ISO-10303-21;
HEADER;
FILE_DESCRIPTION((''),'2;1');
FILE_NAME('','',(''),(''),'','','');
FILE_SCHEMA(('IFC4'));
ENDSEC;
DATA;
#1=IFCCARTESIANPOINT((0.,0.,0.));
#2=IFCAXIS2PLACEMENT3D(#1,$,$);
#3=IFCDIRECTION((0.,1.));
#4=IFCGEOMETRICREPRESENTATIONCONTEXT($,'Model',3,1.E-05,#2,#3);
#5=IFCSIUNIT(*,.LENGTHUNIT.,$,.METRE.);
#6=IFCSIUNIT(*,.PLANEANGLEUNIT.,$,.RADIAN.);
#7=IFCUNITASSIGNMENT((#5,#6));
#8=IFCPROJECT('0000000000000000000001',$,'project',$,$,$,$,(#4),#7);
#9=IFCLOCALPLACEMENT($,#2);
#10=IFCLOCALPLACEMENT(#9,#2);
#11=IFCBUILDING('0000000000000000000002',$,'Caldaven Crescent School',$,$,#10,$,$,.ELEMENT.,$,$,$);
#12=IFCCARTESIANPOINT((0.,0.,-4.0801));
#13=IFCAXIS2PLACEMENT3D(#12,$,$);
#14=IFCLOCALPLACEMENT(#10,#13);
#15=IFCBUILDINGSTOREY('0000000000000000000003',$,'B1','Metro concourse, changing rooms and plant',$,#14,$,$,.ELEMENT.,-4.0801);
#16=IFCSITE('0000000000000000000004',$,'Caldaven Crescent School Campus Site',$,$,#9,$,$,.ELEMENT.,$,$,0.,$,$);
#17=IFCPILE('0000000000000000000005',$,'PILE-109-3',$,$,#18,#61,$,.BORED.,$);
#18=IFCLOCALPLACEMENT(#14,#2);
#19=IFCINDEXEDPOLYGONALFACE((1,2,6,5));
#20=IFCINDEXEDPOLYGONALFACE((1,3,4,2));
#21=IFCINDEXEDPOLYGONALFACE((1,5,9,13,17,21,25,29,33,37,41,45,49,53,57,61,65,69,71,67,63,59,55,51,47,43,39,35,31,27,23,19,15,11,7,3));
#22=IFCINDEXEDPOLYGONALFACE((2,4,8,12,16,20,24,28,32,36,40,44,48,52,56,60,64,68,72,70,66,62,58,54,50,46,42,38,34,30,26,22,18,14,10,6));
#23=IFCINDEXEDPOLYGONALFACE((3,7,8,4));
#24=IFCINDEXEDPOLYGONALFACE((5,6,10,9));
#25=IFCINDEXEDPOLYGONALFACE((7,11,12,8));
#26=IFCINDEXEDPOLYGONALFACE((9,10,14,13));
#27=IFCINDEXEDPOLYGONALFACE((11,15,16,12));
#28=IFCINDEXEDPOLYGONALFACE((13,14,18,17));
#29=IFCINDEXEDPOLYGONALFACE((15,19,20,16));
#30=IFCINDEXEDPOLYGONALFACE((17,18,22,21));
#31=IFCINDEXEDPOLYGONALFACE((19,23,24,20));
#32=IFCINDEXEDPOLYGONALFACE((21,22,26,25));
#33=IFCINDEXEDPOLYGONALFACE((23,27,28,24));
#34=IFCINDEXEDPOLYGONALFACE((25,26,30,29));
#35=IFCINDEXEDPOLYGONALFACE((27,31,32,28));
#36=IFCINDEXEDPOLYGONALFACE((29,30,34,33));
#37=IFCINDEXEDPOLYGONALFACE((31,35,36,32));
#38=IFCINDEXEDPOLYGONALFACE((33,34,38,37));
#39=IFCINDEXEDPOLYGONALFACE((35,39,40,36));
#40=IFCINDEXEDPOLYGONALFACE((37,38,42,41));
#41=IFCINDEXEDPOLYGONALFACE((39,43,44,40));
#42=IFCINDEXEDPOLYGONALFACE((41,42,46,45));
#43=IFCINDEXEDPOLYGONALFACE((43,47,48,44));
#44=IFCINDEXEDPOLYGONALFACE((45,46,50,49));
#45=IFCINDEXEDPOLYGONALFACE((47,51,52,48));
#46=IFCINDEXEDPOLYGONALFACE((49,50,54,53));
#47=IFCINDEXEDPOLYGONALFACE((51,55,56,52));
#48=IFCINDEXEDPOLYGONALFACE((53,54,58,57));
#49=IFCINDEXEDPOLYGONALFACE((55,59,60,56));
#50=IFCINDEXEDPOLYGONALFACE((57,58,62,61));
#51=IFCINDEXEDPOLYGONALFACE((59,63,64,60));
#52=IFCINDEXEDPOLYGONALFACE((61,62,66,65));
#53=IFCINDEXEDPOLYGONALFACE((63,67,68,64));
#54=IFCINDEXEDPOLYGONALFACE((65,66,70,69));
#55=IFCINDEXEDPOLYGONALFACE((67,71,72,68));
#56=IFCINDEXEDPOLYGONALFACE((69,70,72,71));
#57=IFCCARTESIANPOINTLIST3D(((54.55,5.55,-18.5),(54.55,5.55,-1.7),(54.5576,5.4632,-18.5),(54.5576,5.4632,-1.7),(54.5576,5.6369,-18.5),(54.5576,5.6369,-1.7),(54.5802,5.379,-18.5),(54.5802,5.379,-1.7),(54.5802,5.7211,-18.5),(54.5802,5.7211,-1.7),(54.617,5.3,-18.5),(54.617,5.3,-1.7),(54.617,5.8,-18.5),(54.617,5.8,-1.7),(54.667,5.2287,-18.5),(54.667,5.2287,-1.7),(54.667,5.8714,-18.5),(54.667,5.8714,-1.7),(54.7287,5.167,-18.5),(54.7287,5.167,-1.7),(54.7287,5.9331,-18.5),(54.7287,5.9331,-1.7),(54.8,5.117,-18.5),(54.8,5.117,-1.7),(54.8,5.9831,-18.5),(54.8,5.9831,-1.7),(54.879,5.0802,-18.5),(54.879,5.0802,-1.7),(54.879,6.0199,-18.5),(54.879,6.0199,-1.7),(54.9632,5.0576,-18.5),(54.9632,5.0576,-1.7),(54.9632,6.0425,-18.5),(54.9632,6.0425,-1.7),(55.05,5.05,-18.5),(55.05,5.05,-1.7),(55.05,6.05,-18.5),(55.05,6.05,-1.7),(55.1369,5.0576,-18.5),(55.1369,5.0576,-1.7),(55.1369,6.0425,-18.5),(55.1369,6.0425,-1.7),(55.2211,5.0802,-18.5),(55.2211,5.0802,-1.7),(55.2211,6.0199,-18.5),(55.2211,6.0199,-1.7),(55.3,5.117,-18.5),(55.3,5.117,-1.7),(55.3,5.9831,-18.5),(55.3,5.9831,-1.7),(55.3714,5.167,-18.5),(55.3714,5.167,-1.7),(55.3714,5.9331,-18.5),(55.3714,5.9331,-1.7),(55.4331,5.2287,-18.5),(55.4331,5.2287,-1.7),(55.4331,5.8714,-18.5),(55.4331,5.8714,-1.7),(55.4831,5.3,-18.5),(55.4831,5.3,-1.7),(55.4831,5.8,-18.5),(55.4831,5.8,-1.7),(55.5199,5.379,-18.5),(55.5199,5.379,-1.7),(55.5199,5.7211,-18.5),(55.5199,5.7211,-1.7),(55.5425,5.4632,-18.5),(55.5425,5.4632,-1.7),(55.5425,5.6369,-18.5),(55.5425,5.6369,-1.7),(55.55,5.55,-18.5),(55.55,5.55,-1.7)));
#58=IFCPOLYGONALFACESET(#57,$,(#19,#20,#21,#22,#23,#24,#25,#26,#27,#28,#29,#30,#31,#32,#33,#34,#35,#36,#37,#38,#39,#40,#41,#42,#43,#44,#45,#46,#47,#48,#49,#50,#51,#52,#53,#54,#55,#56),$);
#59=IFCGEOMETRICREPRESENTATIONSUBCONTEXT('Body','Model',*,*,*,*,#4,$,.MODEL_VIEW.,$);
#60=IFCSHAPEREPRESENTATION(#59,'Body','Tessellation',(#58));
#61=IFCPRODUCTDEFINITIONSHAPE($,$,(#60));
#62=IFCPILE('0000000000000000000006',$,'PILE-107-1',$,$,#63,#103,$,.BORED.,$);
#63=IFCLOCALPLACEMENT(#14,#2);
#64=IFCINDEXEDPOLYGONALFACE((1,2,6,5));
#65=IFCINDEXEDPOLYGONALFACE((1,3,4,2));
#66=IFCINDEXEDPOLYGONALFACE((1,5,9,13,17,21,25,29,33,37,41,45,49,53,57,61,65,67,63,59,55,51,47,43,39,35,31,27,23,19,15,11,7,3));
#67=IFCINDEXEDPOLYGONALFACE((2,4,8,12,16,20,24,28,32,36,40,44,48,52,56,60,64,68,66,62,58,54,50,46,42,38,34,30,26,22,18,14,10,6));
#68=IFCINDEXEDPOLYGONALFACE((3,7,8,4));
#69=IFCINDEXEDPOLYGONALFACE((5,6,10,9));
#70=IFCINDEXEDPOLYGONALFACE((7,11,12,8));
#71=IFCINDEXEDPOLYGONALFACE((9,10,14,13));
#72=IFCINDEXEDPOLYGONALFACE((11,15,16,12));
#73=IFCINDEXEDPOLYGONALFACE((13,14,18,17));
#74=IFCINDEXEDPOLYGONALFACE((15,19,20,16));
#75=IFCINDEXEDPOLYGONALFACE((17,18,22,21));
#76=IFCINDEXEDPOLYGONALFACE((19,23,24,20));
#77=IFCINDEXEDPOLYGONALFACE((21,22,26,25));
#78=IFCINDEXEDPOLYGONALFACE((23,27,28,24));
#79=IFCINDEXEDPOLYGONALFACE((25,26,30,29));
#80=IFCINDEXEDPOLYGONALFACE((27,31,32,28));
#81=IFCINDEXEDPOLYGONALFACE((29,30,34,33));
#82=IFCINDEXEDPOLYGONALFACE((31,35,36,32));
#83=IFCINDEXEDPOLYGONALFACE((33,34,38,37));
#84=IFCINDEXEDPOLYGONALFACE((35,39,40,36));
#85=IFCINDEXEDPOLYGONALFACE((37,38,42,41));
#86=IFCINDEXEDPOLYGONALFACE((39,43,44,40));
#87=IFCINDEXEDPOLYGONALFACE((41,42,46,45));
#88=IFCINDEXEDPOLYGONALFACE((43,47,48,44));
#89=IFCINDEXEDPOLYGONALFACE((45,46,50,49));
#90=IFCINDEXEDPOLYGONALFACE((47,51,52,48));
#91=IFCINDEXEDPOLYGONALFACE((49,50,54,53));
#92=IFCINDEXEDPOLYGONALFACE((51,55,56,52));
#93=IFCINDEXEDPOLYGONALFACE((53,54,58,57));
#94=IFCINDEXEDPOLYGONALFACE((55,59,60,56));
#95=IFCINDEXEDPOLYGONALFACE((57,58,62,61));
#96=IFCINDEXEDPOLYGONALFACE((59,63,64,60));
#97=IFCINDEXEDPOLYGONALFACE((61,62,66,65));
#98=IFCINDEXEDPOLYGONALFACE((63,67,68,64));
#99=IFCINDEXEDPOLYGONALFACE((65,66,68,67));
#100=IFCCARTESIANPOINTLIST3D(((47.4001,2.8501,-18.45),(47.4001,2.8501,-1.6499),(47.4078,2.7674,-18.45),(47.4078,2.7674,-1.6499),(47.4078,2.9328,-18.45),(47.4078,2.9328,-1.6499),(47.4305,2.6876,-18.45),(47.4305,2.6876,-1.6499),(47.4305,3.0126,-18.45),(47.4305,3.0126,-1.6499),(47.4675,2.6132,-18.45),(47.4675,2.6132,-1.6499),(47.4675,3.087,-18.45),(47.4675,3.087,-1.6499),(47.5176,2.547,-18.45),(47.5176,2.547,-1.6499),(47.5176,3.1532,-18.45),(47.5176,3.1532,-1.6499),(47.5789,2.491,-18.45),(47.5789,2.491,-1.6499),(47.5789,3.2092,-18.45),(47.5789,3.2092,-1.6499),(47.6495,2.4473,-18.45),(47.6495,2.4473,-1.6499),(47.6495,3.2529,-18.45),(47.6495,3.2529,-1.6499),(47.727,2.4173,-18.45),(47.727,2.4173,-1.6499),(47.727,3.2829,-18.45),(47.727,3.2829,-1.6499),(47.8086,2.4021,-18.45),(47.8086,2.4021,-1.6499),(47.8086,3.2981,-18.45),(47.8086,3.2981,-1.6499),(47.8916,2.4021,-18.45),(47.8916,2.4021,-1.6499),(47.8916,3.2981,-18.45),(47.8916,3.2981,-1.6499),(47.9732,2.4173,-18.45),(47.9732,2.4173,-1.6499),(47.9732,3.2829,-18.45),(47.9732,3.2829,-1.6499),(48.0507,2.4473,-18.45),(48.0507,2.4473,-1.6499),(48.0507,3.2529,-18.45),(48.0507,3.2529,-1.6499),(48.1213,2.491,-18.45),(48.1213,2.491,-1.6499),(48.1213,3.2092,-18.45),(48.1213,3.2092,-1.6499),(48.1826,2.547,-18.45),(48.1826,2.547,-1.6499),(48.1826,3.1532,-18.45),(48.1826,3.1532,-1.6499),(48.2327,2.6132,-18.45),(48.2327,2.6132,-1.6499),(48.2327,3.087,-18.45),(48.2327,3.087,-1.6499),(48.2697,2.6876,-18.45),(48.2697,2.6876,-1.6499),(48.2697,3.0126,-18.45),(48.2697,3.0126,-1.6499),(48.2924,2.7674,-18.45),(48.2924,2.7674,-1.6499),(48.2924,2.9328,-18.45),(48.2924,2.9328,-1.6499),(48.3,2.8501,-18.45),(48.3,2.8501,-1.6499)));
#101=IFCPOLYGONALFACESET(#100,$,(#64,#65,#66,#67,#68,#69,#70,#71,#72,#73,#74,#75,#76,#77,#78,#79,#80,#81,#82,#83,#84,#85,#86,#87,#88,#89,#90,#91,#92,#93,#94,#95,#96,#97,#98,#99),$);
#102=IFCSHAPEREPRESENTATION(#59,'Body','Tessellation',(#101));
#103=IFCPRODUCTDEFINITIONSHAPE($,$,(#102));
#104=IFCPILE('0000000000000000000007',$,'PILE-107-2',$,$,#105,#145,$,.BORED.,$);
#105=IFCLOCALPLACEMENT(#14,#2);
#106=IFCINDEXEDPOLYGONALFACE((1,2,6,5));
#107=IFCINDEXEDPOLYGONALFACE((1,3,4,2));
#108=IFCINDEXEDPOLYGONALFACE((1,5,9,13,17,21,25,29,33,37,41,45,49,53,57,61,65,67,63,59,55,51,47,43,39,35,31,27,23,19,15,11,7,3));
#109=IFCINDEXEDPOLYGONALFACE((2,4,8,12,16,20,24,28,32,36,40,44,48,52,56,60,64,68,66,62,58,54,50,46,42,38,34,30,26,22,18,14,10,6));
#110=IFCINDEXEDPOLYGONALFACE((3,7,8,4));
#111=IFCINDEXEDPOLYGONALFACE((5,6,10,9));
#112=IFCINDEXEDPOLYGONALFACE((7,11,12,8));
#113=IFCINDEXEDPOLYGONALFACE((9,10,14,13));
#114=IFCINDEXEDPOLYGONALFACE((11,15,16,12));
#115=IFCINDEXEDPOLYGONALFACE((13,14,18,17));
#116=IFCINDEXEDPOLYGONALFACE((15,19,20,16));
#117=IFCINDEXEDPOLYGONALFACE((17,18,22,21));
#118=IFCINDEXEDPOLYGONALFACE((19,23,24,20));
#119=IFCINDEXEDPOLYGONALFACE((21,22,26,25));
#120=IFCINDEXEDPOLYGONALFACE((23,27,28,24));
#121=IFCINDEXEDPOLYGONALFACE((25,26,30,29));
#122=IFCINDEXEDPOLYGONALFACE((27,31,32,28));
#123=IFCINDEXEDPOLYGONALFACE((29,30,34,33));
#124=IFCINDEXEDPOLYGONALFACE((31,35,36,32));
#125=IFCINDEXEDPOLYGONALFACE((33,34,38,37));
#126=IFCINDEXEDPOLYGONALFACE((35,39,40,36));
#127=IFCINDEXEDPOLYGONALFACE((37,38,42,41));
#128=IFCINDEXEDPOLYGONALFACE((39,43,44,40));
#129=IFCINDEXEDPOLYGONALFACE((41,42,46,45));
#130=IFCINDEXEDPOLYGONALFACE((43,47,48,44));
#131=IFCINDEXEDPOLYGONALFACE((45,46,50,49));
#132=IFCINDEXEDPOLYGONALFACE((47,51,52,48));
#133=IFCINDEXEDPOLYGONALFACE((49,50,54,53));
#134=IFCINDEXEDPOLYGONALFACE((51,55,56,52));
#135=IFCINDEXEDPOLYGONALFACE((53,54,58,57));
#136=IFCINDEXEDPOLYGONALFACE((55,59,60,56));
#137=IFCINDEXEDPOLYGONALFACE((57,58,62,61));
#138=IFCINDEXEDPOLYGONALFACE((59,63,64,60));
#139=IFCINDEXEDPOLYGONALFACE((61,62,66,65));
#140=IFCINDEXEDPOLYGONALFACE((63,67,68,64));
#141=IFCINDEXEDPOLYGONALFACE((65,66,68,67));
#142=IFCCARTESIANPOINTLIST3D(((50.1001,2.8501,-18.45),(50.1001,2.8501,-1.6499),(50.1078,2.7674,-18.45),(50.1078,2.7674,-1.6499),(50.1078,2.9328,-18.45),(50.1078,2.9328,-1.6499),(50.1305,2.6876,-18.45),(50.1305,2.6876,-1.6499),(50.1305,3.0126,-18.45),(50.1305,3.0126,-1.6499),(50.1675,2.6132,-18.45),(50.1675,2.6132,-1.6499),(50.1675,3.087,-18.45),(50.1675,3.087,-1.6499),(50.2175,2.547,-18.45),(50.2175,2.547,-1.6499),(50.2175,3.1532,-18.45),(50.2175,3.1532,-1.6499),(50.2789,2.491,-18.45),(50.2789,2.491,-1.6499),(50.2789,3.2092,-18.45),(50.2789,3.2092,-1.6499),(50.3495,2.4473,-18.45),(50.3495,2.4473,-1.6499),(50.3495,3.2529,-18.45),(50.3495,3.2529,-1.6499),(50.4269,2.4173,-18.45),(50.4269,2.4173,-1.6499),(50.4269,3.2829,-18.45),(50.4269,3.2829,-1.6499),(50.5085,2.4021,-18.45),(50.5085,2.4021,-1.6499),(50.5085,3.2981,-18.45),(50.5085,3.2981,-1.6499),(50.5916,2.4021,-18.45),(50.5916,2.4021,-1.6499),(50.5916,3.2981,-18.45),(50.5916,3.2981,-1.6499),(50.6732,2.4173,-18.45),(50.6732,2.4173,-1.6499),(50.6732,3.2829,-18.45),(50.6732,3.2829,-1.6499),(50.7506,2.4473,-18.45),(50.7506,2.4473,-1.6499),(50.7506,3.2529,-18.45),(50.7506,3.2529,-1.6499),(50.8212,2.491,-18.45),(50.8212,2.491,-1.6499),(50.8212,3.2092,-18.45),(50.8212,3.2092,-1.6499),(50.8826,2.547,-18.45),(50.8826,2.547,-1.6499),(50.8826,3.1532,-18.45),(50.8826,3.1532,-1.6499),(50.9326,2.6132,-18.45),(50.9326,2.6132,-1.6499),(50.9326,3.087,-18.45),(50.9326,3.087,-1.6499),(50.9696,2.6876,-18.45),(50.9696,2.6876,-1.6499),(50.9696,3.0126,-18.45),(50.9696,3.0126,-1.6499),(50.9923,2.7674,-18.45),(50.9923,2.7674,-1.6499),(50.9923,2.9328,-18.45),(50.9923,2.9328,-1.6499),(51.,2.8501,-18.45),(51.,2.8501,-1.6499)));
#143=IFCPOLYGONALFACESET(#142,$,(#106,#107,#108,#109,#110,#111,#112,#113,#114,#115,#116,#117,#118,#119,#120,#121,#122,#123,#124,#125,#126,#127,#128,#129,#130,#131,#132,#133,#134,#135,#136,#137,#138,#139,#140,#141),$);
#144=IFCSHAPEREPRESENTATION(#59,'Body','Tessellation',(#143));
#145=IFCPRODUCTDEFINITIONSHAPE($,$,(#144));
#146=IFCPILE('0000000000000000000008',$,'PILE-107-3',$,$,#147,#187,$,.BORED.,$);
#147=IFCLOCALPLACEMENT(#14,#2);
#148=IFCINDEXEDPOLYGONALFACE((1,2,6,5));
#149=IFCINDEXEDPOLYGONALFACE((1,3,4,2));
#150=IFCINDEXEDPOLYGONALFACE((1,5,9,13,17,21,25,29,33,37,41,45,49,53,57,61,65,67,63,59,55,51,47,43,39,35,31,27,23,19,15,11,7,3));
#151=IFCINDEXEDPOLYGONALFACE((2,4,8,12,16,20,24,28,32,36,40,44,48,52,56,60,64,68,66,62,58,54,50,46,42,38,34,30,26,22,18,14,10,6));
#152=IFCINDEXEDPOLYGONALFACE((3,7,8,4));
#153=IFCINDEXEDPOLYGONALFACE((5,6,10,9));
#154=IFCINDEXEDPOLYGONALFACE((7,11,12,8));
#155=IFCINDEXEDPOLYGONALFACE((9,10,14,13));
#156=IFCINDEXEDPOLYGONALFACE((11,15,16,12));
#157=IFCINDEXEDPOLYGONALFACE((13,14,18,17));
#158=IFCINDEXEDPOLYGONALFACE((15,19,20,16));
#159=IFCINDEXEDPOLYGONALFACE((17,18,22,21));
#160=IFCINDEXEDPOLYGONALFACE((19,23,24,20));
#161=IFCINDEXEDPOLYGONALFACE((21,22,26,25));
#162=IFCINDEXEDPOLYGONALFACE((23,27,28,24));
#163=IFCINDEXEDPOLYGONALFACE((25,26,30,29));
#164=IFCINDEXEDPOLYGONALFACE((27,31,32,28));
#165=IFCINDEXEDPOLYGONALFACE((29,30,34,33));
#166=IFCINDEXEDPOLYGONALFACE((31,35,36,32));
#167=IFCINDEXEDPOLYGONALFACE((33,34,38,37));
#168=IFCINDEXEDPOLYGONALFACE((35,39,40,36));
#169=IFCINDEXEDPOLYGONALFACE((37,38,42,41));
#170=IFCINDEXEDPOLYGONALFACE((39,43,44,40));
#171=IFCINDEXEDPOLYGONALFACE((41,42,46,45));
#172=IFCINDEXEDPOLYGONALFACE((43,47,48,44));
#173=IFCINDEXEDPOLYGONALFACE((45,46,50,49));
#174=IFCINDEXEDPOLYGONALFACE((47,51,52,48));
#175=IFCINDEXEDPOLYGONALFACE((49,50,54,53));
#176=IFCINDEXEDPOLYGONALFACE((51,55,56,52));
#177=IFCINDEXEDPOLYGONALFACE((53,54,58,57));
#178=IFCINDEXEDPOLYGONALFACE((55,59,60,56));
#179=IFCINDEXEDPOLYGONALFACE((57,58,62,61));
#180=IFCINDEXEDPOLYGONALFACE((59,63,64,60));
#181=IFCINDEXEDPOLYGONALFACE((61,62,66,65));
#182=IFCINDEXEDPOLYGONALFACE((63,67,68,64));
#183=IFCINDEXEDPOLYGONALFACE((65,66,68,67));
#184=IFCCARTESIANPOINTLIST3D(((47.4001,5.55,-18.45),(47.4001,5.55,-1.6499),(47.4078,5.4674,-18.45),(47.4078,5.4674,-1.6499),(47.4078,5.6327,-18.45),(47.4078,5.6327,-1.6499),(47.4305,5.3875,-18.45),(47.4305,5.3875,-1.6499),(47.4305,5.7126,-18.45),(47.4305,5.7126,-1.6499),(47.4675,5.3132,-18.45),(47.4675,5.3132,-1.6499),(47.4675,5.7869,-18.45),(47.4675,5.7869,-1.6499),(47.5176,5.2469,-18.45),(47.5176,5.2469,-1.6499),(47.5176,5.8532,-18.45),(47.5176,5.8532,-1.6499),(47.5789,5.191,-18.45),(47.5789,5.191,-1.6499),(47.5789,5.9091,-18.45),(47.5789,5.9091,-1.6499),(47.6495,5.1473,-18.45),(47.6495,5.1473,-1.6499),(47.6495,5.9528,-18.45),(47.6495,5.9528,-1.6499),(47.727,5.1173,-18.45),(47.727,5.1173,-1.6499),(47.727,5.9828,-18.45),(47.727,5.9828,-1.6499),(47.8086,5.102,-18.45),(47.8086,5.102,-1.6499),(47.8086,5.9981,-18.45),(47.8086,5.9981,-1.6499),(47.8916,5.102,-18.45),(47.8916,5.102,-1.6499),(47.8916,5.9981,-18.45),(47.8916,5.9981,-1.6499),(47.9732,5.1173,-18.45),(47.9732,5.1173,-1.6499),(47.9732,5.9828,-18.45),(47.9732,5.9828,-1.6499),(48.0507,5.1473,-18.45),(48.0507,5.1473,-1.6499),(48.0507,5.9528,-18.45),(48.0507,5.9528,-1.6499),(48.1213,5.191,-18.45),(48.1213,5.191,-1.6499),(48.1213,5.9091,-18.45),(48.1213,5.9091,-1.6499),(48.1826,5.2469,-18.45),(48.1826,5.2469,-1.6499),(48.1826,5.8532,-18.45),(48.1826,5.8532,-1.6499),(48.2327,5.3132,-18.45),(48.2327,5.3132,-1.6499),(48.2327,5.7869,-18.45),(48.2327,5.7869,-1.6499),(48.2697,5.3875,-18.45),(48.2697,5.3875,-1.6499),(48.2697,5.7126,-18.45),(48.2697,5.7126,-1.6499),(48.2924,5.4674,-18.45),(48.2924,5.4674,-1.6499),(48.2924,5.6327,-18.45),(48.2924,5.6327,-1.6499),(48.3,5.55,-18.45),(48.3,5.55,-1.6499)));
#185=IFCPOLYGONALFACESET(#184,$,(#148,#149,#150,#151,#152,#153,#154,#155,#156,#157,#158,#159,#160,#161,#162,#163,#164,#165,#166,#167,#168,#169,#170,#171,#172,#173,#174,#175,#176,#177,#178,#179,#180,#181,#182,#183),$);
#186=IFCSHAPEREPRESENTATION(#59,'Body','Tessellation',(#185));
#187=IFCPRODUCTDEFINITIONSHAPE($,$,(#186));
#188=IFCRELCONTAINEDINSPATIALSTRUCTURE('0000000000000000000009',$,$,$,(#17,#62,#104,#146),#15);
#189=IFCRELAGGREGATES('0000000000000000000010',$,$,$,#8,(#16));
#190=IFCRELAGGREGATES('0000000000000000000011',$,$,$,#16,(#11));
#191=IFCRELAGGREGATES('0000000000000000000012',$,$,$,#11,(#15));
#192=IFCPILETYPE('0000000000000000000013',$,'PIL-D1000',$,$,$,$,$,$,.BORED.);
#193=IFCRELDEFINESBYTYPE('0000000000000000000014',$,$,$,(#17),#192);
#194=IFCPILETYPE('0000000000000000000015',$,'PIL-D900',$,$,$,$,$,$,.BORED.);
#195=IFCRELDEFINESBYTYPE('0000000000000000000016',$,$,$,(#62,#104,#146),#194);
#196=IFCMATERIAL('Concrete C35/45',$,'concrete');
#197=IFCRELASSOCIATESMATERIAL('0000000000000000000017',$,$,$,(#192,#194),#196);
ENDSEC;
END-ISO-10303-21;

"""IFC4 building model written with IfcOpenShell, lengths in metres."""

from ifc_helpers import new_model, si_unit, direction, frame, origin, origin_2d, place, context, subcontext, project, spatial, circle, extrude, material, material_profile, profile_set, type_object, element, save


model = new_model("IFC4")

# Units and contexts
model_context = context("Model", 3, precision=1e-05, world=origin(), true_north=direction((0.0, 1.0)))
body_context = subcontext(model_context, "Body", "Model", "MODEL_VIEW")
ifc_project = project(units=[si_unit("LENGTHUNIT", "METRE"), si_unit("PLANEANGLEUNIT", "RADIAN")], contexts=[model_context])

# Site, building, storey
site_placement = place(None, origin())
site = spatial("IfcSite", under=ifc_project, at=site_placement, Name="Caldaven Crescent School Campus Site", CompositionType="ELEMENT", RefElevation=0.0)
building_placement = place(site_placement, origin())
building = spatial("IfcBuilding", under=site, at=building_placement, Name="Caldaven Crescent School", CompositionType="ELEMENT")
storey_placement = place(building_placement, frame((0.0, 0.0, -4.0801)))
storey = spatial("IfcBuildingStorey", under=building, at=storey_placement, Name="B1", Description="Metro concourse, changing rooms and plant", CompositionType="ELEMENT", Elevation=-4.0801)

# Shared definitions
ifc_material_1 = material(Name="Concrete C35/45", Category="concrete")

# Piles
ifc_material_profile_1 = material_profile(ifc_material_1, circle(Radius=0.5, at=origin_2d()), Name="PILE D1000")
ifc_profile_set_1 = profile_set([ifc_material_profile_1], Name="Concrete C35/45")
pile_type_1 = type_object("IfcPileType", Name="PIL-D1000", PredefinedType="BORED", material=ifc_profile_set_1)
for number, where, z_axis, x_axis, name in (
    (1, (55.05, 5.55, -1.7), (0.0, 0.0, -1.0), (1.0, 0.0, 0.0), "PILE-109-3"),
):
    element("IfcPile", number, at=place(storey_placement, frame(where, z_axis=z_axis, x_axis=x_axis)), inside=storey, type_object=pile_type_1, Name=name, PredefinedType="BORED", context=body_context, shape_type="SweptSolid", body=[
        extrude(circle(Radius=0.5, at=origin_2d()), origin(), (0.0, 0.0, 1.0), 16.8),
    ])
ifc_material_profile_2 = material_profile(ifc_material_1, circle(Radius=0.45, at=origin_2d()), Name="PILE D900")
ifc_profile_set_2 = profile_set([ifc_material_profile_2], Name="Concrete C35/45")
pile_type_2 = type_object("IfcPileType", Name="PIL-D900", PredefinedType="BORED", material=ifc_profile_set_2)
for number, where, z_axis, x_axis, name in (
    (2, (47.8501, 2.8501, -1.6499), (0.0, 0.0, -1.0), (1.0, 0.0, 0.0), "PILE-107-1"),
    (3, (50.55, 2.8501, -1.6499), (0.0, 0.0, -1.0), (1.0, 0.0, 0.0), "PILE-107-2"),
    (4, (47.8501, 5.55, -1.6499), (0.0, 0.0, -1.0), (1.0, 0.0, 0.0), "PILE-107-3"),
):
    element("IfcPile", number, at=place(storey_placement, frame(where, z_axis=z_axis, x_axis=x_axis)), inside=storey, type_object=pile_type_2, Name=name, PredefinedType="BORED", context=body_context, shape_type="SweptSolid", body=[
        extrude(circle(Radius=0.45, at=origin_2d()), origin(), (0.0, 0.0, 1.0), 16.8),
    ])

save(model, "model.ifc")
